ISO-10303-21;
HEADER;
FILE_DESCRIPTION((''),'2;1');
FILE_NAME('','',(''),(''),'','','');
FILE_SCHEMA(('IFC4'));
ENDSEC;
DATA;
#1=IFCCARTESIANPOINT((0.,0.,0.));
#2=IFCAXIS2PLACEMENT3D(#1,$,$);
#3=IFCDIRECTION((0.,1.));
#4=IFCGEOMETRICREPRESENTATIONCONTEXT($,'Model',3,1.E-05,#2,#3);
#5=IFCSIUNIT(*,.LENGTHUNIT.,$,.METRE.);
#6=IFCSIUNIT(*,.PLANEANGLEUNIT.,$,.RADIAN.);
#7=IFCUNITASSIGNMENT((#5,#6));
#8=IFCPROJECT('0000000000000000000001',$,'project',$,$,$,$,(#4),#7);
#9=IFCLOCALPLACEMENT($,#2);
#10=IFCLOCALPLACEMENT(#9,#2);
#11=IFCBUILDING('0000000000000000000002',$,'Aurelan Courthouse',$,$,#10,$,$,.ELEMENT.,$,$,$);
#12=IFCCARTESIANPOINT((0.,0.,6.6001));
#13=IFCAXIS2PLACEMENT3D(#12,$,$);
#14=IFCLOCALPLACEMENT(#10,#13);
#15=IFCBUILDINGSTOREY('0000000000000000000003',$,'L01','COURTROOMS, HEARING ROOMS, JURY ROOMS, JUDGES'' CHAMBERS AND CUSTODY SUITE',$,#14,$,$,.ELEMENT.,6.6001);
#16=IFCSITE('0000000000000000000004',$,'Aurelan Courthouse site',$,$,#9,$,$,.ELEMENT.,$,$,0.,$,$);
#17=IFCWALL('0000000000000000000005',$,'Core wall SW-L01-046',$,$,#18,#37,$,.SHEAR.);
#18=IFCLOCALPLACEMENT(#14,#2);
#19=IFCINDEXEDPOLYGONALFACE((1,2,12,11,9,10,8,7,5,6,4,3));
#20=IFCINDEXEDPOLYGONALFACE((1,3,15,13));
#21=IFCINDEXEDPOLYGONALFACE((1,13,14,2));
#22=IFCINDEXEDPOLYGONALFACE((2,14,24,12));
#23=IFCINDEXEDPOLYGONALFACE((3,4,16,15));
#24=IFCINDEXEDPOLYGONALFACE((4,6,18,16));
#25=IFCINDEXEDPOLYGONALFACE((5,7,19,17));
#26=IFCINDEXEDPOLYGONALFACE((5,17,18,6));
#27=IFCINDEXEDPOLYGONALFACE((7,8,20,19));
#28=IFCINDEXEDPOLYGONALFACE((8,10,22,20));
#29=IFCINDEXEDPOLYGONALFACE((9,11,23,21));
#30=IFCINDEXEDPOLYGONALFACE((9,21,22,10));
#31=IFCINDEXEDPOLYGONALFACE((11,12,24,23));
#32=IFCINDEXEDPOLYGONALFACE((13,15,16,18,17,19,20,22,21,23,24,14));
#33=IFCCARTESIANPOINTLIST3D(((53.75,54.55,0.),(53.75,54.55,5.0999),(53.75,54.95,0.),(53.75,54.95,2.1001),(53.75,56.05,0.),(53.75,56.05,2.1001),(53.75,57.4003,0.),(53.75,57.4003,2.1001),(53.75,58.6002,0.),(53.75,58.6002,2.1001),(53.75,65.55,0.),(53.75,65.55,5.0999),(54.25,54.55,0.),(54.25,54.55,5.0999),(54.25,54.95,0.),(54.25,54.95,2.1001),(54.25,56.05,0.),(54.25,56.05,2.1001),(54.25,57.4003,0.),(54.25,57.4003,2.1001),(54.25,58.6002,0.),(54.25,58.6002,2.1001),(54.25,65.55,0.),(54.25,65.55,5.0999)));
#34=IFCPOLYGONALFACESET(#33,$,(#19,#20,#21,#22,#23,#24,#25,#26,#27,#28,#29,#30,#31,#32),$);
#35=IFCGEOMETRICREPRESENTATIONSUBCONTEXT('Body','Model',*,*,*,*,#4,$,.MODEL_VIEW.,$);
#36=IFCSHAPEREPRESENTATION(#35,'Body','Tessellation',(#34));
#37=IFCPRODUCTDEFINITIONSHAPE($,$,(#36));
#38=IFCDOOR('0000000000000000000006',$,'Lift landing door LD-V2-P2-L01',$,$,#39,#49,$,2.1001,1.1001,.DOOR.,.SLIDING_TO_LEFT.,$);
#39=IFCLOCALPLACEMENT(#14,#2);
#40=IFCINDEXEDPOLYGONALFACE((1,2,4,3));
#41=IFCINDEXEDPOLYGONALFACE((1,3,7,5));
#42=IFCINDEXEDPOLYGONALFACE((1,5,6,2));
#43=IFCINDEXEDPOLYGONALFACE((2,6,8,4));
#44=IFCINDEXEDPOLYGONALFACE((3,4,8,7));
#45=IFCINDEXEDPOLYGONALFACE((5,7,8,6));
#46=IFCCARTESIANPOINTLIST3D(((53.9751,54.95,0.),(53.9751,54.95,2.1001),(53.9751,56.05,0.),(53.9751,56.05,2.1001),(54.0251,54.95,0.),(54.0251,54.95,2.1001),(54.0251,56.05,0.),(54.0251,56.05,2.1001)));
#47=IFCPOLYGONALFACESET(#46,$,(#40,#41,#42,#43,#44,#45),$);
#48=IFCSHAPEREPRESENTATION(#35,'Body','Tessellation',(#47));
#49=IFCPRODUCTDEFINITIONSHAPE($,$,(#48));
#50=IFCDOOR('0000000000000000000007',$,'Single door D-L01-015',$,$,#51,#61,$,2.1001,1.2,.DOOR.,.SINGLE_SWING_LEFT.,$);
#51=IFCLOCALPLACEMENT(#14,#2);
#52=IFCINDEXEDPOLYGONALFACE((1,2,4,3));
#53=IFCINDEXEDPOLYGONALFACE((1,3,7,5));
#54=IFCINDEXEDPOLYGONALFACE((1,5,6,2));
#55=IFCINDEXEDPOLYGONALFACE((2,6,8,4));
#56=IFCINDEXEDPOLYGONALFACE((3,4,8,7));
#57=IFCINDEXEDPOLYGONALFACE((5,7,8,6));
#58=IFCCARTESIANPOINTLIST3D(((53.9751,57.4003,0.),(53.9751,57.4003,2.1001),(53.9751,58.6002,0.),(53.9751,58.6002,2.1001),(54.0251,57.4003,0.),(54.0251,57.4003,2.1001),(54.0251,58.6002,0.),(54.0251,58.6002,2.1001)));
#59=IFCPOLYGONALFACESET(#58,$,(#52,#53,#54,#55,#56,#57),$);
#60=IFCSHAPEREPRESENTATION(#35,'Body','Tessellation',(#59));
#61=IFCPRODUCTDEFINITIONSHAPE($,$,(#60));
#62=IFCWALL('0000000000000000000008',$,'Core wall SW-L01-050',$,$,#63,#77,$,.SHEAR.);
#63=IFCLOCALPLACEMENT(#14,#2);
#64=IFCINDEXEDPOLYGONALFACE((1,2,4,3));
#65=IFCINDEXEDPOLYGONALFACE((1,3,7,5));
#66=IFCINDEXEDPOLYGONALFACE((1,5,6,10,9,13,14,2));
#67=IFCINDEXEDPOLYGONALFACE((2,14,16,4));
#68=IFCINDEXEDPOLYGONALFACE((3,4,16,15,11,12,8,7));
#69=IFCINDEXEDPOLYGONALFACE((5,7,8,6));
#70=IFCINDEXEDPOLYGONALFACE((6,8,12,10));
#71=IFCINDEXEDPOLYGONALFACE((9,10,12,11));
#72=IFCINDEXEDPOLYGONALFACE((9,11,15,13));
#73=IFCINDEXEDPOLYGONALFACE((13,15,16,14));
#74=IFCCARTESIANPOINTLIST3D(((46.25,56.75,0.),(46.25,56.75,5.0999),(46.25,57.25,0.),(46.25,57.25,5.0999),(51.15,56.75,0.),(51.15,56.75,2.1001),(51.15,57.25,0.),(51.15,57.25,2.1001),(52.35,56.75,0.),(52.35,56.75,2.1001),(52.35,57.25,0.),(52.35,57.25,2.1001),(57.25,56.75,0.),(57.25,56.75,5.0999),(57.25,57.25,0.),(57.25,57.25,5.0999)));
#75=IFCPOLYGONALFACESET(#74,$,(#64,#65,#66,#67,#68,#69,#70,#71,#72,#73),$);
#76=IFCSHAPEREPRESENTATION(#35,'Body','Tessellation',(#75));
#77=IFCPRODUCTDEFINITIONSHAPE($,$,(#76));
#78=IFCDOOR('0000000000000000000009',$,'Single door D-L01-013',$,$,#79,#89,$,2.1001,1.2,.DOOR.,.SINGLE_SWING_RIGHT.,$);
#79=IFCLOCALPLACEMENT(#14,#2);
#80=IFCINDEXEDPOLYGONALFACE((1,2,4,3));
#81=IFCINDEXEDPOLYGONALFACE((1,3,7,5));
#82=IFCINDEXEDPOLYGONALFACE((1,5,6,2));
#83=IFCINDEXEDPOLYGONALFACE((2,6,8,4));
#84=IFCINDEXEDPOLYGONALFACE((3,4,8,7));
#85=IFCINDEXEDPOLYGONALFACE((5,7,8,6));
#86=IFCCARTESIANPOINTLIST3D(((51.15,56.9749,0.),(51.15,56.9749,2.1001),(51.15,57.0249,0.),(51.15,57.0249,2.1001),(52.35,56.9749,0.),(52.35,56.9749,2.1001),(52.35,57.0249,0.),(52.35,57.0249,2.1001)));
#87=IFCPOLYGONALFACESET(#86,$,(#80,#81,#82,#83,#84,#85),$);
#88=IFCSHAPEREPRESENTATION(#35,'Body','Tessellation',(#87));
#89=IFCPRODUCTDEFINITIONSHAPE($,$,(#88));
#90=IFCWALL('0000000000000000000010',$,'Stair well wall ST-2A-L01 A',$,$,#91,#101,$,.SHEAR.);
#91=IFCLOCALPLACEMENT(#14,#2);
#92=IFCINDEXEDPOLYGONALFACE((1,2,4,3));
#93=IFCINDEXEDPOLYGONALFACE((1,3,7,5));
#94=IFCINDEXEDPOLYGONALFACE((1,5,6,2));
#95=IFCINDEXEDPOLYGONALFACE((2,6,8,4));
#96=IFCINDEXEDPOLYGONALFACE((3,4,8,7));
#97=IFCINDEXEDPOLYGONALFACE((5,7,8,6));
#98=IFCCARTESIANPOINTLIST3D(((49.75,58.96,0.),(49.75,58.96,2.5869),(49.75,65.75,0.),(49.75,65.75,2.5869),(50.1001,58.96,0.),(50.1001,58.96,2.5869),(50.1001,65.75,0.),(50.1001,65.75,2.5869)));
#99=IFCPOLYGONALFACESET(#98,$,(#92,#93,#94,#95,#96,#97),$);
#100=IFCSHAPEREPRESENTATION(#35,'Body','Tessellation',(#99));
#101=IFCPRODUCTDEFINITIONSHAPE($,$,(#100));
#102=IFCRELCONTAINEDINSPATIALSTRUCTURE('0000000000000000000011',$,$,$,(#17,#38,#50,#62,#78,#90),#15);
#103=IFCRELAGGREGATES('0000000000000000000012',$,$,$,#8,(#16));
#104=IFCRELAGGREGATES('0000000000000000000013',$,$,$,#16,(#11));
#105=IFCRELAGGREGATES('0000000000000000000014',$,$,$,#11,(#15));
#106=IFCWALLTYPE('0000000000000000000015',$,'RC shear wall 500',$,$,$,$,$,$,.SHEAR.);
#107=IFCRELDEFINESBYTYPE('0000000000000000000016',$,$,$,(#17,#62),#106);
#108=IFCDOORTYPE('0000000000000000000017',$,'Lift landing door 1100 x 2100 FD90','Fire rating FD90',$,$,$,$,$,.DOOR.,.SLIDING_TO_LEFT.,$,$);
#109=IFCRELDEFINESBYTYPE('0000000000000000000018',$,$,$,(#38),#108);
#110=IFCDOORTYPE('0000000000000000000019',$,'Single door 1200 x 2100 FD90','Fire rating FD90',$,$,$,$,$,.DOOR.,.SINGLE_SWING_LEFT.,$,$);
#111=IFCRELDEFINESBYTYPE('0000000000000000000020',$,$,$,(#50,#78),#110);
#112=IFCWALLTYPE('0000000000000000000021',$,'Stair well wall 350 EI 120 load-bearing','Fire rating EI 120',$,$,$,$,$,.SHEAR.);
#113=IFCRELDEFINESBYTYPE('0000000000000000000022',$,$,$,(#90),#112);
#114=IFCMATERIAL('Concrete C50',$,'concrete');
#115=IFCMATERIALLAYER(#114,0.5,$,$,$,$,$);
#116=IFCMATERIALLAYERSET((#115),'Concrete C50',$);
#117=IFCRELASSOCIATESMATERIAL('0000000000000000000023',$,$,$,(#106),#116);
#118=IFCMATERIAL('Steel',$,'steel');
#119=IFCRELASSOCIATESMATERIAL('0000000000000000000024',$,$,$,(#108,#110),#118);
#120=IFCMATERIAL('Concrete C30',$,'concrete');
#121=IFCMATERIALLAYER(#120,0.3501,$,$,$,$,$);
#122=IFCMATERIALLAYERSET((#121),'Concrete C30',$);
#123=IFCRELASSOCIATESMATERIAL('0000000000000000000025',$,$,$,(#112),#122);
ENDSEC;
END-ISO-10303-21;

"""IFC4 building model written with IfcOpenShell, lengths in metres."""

from ifc_helpers import new_model, si_unit, direction, frame, frame_2d, origin, place, context, subcontext, project, spatial, rectangle, extrude, material, layer, layer_set, type_object, element, fill, save


model = new_model("IFC4")

# Units and contexts
model_context = context("Model", 3, precision=1e-05, world=origin(), true_north=direction((0.0, 1.0)))
body_context = subcontext(model_context, "Body", "Model", "MODEL_VIEW")
ifc_project = project(units=[si_unit("LENGTHUNIT", "METRE"), si_unit("PLANEANGLEUNIT", "RADIAN")], contexts=[model_context])

# Site, building, storey
site_placement = place(None, origin())
site = spatial("IfcSite", under=ifc_project, at=site_placement, Name="Aurelan Courthouse site", CompositionType="ELEMENT", RefElevation=0.0)
building_placement = place(site_placement, origin())
building = spatial("IfcBuilding", under=site, at=building_placement, Name="Aurelan Courthouse", CompositionType="ELEMENT")
storey_placement = place(building_placement, frame((0.0, 0.0, 6.6001)))
storey = spatial("IfcBuildingStorey", under=building, at=storey_placement, Name="L01", Description="COURTROOMS, HEARING ROOMS, JURY ROOMS, JUDGES' CHAMBERS AND CUSTODY SUITE", CompositionType="ELEMENT", Elevation=6.6001)

# Shared definitions
ifc_material_1 = material(Name="Concrete C50", Category="concrete")

# Shared definitions
ifc_material_2 = material(Name="Steel", Category="steel")

# Shared definitions
ifc_layer_1 = layer(ifc_material_1, 0.5)
ifc_layer_set_1 = layer_set([ifc_layer_1], Name="Concrete C50")
wall_type_1 = type_object("IfcWallType", Name="RC shear wall 500", PredefinedType="SHEAR", material=ifc_layer_set_1)

# Wall, openings, doors
door_type_1 = type_object("IfcDoorType", Name="Lift landing door 1100 x 2100 FD90", Description="Fire rating FD90", OperationType="SLIDING_TO_LEFT", PredefinedType="DOOR", material=ifc_material_2)
door_type_2 = type_object("IfcDoorType", Name="Single door 1200 x 2100 FD90", Description="Fire rating FD90", OperationType="SINGLE_SWING_LEFT", PredefinedType="DOOR", material=ifc_material_2)
wall_1_placement = place(storey_placement, frame((54.0, 54.55, 0.0), z_axis=(0.0, 0.0, 1.0), x_axis=(0.0, 1.0, 0.0)))
wall_1 = element("IfcWall", 1, at=wall_1_placement, inside=storey, type_object=wall_type_1, Name="Core wall SW-L01-046", PredefinedType="SHEAR", context=body_context, shape_type="SweptSolid", body=[
    extrude(rectangle(XDim=11.0, YDim=0.5, at=frame_2d((5.5, 0.0))), origin(), (0.0, 0.0, 1.0), 5.0999),
])
opening_1_placement = place(wall_1_placement, frame((0.3999, 0.0, 0.0)))
opening_1 = element("IfcOpeningElement", 2, at=opening_1_placement, cuts=wall_1, PredefinedType="OPENING", context=body_context, shape_type="SweptSolid", body=[
    extrude(rectangle(XDim=1.1001, YDim=2.1001, at=frame_2d((0.55, 1.05))), frame((0.0, 0.26, 0.0), z_axis=(0.0, -1.0, 0.0), x_axis=(1.0, 0.0, 0.0)), (0.0, 0.0, 1.0), 0.52),
])
opening_2_placement = place(wall_1_placement, frame((2.8501, 0.0, 0.0)))
opening_2 = element("IfcOpeningElement", 3, at=opening_2_placement, cuts=wall_1, PredefinedType="OPENING", context=body_context, shape_type="SweptSolid", body=[
    extrude(rectangle(XDim=1.2, YDim=2.1001, at=frame_2d((0.6001, 1.05))), frame((0.0, 0.26, 0.0), z_axis=(0.0, -1.0, 0.0), x_axis=(1.0, 0.0, 0.0)), (0.0, 0.0, 1.0), 0.52),
])
door_1_placement = place(opening_1_placement, origin())
door_1 = element("IfcDoor", 4, at=door_1_placement, inside=storey, type_object=door_type_1, Name="Lift landing door LD-V2-P2-L01", OperationType="SLIDING_TO_LEFT", OverallHeight=2.1001, OverallWidth=1.1001, PredefinedType="DOOR", context=body_context, shape_type="SweptSolid", body=[
    extrude(rectangle(XDim=1.1001, YDim=2.1001, at=frame_2d((0.55, 1.05))), frame((0.0, 0.0249, 0.0), z_axis=(0.0, -1.0, 0.0), x_axis=(1.0, 0.0, 0.0)), (0.0, 0.0, 1.0), 0.05),
])
fill(opening_1, door_1)
door_2_placement = place(opening_2_placement, origin())
door_2 = element("IfcDoor", 5, at=door_2_placement, inside=storey, type_object=door_type_2, Name="Single door D-L01-015", OperationType="SINGLE_SWING_LEFT", OverallHeight=2.1001, OverallWidth=1.2, PredefinedType="DOOR", context=body_context, shape_type="SweptSolid", body=[
    extrude(rectangle(XDim=1.2, YDim=2.1001, at=frame_2d((0.6001, 1.05))), frame((0.0, 0.0249, 0.0), z_axis=(0.0, -1.0, 0.0), x_axis=(1.0, 0.0, 0.0)), (0.0, 0.0, 1.0), 0.05),
])
fill(opening_2, door_2)

# Wall, opening, door
wall_2_placement = place(storey_placement, frame((46.25, 57.0, 0.0), z_axis=(0.0, 0.0, 1.0), x_axis=(1.0, 0.0, 0.0)))
wall_2 = element("IfcWall", 6, at=wall_2_placement, inside=storey, type_object=wall_type_1, Name="Core wall SW-L01-050", PredefinedType="SHEAR", context=body_context, shape_type="SweptSolid", body=[
    extrude(rectangle(XDim=11.0, YDim=0.5, at=frame_2d((5.5, 0.0))), origin(), (0.0, 0.0, 1.0), 5.0999),
])
opening_3_placement = place(wall_2_placement, frame((4.8999, 0.0, 0.0)))
opening_3 = element("IfcOpeningElement", 7, at=opening_3_placement, cuts=wall_2, PredefinedType="OPENING", context=body_context, shape_type="SweptSolid", body=[
    extrude(rectangle(XDim=1.2, YDim=2.1001, at=frame_2d((0.6001, 1.05))), frame((0.0, 0.26, 0.0), z_axis=(0.0, -1.0, 0.0), x_axis=(1.0, 0.0, 0.0)), (0.0, 0.0, 1.0), 0.52),
])
door_3_placement = place(opening_3_placement, origin())
door_3 = element("IfcDoor", 8, at=door_3_placement, inside=storey, type_object=door_type_2, Name="Single door D-L01-013", OperationType="SINGLE_SWING_RIGHT", OverallHeight=2.1001, OverallWidth=1.2, PredefinedType="DOOR", context=body_context, shape_type="SweptSolid", body=[
    extrude(rectangle(XDim=1.2, YDim=2.1001, at=frame_2d((0.6001, 1.05))), frame((0.0, 0.0249, 0.0), z_axis=(0.0, -1.0, 0.0), x_axis=(1.0, 0.0, 0.0)), (0.0, 0.0, 1.0), 0.05),
])
fill(opening_3, door_3)

# Wall
ifc_material_3 = material(Name="Concrete C30", Category="concrete")
ifc_layer_2 = layer(ifc_material_3, 0.3501)
ifc_layer_set_2 = layer_set([ifc_layer_2], Name="Concrete C30")
wall_type_2 = type_object("IfcWallType", Name="Stair well wall 350 EI 120 load-bearing", Description="Fire rating EI 120", PredefinedType="SHEAR", material=ifc_layer_set_2)
wall_3_placement = place(storey_placement, frame((49.925, 58.96, 0.0), z_axis=(0.0, 0.0, 1.0), x_axis=(0.0, 1.0, 0.0)))
element("IfcWall", 9, at=wall_3_placement, inside=storey, type_object=wall_type_2, Name="Stair well wall ST-2A-L01 A", PredefinedType="SHEAR", context=body_context, shape_type="SweptSolid", body=[
    extrude(rectangle(XDim=6.79, YDim=0.3501, at=frame_2d((3.395, 0.0))), origin(), (0.0, 0.0, 1.0), 2.5869),
])

save(model, "model.ifc")
